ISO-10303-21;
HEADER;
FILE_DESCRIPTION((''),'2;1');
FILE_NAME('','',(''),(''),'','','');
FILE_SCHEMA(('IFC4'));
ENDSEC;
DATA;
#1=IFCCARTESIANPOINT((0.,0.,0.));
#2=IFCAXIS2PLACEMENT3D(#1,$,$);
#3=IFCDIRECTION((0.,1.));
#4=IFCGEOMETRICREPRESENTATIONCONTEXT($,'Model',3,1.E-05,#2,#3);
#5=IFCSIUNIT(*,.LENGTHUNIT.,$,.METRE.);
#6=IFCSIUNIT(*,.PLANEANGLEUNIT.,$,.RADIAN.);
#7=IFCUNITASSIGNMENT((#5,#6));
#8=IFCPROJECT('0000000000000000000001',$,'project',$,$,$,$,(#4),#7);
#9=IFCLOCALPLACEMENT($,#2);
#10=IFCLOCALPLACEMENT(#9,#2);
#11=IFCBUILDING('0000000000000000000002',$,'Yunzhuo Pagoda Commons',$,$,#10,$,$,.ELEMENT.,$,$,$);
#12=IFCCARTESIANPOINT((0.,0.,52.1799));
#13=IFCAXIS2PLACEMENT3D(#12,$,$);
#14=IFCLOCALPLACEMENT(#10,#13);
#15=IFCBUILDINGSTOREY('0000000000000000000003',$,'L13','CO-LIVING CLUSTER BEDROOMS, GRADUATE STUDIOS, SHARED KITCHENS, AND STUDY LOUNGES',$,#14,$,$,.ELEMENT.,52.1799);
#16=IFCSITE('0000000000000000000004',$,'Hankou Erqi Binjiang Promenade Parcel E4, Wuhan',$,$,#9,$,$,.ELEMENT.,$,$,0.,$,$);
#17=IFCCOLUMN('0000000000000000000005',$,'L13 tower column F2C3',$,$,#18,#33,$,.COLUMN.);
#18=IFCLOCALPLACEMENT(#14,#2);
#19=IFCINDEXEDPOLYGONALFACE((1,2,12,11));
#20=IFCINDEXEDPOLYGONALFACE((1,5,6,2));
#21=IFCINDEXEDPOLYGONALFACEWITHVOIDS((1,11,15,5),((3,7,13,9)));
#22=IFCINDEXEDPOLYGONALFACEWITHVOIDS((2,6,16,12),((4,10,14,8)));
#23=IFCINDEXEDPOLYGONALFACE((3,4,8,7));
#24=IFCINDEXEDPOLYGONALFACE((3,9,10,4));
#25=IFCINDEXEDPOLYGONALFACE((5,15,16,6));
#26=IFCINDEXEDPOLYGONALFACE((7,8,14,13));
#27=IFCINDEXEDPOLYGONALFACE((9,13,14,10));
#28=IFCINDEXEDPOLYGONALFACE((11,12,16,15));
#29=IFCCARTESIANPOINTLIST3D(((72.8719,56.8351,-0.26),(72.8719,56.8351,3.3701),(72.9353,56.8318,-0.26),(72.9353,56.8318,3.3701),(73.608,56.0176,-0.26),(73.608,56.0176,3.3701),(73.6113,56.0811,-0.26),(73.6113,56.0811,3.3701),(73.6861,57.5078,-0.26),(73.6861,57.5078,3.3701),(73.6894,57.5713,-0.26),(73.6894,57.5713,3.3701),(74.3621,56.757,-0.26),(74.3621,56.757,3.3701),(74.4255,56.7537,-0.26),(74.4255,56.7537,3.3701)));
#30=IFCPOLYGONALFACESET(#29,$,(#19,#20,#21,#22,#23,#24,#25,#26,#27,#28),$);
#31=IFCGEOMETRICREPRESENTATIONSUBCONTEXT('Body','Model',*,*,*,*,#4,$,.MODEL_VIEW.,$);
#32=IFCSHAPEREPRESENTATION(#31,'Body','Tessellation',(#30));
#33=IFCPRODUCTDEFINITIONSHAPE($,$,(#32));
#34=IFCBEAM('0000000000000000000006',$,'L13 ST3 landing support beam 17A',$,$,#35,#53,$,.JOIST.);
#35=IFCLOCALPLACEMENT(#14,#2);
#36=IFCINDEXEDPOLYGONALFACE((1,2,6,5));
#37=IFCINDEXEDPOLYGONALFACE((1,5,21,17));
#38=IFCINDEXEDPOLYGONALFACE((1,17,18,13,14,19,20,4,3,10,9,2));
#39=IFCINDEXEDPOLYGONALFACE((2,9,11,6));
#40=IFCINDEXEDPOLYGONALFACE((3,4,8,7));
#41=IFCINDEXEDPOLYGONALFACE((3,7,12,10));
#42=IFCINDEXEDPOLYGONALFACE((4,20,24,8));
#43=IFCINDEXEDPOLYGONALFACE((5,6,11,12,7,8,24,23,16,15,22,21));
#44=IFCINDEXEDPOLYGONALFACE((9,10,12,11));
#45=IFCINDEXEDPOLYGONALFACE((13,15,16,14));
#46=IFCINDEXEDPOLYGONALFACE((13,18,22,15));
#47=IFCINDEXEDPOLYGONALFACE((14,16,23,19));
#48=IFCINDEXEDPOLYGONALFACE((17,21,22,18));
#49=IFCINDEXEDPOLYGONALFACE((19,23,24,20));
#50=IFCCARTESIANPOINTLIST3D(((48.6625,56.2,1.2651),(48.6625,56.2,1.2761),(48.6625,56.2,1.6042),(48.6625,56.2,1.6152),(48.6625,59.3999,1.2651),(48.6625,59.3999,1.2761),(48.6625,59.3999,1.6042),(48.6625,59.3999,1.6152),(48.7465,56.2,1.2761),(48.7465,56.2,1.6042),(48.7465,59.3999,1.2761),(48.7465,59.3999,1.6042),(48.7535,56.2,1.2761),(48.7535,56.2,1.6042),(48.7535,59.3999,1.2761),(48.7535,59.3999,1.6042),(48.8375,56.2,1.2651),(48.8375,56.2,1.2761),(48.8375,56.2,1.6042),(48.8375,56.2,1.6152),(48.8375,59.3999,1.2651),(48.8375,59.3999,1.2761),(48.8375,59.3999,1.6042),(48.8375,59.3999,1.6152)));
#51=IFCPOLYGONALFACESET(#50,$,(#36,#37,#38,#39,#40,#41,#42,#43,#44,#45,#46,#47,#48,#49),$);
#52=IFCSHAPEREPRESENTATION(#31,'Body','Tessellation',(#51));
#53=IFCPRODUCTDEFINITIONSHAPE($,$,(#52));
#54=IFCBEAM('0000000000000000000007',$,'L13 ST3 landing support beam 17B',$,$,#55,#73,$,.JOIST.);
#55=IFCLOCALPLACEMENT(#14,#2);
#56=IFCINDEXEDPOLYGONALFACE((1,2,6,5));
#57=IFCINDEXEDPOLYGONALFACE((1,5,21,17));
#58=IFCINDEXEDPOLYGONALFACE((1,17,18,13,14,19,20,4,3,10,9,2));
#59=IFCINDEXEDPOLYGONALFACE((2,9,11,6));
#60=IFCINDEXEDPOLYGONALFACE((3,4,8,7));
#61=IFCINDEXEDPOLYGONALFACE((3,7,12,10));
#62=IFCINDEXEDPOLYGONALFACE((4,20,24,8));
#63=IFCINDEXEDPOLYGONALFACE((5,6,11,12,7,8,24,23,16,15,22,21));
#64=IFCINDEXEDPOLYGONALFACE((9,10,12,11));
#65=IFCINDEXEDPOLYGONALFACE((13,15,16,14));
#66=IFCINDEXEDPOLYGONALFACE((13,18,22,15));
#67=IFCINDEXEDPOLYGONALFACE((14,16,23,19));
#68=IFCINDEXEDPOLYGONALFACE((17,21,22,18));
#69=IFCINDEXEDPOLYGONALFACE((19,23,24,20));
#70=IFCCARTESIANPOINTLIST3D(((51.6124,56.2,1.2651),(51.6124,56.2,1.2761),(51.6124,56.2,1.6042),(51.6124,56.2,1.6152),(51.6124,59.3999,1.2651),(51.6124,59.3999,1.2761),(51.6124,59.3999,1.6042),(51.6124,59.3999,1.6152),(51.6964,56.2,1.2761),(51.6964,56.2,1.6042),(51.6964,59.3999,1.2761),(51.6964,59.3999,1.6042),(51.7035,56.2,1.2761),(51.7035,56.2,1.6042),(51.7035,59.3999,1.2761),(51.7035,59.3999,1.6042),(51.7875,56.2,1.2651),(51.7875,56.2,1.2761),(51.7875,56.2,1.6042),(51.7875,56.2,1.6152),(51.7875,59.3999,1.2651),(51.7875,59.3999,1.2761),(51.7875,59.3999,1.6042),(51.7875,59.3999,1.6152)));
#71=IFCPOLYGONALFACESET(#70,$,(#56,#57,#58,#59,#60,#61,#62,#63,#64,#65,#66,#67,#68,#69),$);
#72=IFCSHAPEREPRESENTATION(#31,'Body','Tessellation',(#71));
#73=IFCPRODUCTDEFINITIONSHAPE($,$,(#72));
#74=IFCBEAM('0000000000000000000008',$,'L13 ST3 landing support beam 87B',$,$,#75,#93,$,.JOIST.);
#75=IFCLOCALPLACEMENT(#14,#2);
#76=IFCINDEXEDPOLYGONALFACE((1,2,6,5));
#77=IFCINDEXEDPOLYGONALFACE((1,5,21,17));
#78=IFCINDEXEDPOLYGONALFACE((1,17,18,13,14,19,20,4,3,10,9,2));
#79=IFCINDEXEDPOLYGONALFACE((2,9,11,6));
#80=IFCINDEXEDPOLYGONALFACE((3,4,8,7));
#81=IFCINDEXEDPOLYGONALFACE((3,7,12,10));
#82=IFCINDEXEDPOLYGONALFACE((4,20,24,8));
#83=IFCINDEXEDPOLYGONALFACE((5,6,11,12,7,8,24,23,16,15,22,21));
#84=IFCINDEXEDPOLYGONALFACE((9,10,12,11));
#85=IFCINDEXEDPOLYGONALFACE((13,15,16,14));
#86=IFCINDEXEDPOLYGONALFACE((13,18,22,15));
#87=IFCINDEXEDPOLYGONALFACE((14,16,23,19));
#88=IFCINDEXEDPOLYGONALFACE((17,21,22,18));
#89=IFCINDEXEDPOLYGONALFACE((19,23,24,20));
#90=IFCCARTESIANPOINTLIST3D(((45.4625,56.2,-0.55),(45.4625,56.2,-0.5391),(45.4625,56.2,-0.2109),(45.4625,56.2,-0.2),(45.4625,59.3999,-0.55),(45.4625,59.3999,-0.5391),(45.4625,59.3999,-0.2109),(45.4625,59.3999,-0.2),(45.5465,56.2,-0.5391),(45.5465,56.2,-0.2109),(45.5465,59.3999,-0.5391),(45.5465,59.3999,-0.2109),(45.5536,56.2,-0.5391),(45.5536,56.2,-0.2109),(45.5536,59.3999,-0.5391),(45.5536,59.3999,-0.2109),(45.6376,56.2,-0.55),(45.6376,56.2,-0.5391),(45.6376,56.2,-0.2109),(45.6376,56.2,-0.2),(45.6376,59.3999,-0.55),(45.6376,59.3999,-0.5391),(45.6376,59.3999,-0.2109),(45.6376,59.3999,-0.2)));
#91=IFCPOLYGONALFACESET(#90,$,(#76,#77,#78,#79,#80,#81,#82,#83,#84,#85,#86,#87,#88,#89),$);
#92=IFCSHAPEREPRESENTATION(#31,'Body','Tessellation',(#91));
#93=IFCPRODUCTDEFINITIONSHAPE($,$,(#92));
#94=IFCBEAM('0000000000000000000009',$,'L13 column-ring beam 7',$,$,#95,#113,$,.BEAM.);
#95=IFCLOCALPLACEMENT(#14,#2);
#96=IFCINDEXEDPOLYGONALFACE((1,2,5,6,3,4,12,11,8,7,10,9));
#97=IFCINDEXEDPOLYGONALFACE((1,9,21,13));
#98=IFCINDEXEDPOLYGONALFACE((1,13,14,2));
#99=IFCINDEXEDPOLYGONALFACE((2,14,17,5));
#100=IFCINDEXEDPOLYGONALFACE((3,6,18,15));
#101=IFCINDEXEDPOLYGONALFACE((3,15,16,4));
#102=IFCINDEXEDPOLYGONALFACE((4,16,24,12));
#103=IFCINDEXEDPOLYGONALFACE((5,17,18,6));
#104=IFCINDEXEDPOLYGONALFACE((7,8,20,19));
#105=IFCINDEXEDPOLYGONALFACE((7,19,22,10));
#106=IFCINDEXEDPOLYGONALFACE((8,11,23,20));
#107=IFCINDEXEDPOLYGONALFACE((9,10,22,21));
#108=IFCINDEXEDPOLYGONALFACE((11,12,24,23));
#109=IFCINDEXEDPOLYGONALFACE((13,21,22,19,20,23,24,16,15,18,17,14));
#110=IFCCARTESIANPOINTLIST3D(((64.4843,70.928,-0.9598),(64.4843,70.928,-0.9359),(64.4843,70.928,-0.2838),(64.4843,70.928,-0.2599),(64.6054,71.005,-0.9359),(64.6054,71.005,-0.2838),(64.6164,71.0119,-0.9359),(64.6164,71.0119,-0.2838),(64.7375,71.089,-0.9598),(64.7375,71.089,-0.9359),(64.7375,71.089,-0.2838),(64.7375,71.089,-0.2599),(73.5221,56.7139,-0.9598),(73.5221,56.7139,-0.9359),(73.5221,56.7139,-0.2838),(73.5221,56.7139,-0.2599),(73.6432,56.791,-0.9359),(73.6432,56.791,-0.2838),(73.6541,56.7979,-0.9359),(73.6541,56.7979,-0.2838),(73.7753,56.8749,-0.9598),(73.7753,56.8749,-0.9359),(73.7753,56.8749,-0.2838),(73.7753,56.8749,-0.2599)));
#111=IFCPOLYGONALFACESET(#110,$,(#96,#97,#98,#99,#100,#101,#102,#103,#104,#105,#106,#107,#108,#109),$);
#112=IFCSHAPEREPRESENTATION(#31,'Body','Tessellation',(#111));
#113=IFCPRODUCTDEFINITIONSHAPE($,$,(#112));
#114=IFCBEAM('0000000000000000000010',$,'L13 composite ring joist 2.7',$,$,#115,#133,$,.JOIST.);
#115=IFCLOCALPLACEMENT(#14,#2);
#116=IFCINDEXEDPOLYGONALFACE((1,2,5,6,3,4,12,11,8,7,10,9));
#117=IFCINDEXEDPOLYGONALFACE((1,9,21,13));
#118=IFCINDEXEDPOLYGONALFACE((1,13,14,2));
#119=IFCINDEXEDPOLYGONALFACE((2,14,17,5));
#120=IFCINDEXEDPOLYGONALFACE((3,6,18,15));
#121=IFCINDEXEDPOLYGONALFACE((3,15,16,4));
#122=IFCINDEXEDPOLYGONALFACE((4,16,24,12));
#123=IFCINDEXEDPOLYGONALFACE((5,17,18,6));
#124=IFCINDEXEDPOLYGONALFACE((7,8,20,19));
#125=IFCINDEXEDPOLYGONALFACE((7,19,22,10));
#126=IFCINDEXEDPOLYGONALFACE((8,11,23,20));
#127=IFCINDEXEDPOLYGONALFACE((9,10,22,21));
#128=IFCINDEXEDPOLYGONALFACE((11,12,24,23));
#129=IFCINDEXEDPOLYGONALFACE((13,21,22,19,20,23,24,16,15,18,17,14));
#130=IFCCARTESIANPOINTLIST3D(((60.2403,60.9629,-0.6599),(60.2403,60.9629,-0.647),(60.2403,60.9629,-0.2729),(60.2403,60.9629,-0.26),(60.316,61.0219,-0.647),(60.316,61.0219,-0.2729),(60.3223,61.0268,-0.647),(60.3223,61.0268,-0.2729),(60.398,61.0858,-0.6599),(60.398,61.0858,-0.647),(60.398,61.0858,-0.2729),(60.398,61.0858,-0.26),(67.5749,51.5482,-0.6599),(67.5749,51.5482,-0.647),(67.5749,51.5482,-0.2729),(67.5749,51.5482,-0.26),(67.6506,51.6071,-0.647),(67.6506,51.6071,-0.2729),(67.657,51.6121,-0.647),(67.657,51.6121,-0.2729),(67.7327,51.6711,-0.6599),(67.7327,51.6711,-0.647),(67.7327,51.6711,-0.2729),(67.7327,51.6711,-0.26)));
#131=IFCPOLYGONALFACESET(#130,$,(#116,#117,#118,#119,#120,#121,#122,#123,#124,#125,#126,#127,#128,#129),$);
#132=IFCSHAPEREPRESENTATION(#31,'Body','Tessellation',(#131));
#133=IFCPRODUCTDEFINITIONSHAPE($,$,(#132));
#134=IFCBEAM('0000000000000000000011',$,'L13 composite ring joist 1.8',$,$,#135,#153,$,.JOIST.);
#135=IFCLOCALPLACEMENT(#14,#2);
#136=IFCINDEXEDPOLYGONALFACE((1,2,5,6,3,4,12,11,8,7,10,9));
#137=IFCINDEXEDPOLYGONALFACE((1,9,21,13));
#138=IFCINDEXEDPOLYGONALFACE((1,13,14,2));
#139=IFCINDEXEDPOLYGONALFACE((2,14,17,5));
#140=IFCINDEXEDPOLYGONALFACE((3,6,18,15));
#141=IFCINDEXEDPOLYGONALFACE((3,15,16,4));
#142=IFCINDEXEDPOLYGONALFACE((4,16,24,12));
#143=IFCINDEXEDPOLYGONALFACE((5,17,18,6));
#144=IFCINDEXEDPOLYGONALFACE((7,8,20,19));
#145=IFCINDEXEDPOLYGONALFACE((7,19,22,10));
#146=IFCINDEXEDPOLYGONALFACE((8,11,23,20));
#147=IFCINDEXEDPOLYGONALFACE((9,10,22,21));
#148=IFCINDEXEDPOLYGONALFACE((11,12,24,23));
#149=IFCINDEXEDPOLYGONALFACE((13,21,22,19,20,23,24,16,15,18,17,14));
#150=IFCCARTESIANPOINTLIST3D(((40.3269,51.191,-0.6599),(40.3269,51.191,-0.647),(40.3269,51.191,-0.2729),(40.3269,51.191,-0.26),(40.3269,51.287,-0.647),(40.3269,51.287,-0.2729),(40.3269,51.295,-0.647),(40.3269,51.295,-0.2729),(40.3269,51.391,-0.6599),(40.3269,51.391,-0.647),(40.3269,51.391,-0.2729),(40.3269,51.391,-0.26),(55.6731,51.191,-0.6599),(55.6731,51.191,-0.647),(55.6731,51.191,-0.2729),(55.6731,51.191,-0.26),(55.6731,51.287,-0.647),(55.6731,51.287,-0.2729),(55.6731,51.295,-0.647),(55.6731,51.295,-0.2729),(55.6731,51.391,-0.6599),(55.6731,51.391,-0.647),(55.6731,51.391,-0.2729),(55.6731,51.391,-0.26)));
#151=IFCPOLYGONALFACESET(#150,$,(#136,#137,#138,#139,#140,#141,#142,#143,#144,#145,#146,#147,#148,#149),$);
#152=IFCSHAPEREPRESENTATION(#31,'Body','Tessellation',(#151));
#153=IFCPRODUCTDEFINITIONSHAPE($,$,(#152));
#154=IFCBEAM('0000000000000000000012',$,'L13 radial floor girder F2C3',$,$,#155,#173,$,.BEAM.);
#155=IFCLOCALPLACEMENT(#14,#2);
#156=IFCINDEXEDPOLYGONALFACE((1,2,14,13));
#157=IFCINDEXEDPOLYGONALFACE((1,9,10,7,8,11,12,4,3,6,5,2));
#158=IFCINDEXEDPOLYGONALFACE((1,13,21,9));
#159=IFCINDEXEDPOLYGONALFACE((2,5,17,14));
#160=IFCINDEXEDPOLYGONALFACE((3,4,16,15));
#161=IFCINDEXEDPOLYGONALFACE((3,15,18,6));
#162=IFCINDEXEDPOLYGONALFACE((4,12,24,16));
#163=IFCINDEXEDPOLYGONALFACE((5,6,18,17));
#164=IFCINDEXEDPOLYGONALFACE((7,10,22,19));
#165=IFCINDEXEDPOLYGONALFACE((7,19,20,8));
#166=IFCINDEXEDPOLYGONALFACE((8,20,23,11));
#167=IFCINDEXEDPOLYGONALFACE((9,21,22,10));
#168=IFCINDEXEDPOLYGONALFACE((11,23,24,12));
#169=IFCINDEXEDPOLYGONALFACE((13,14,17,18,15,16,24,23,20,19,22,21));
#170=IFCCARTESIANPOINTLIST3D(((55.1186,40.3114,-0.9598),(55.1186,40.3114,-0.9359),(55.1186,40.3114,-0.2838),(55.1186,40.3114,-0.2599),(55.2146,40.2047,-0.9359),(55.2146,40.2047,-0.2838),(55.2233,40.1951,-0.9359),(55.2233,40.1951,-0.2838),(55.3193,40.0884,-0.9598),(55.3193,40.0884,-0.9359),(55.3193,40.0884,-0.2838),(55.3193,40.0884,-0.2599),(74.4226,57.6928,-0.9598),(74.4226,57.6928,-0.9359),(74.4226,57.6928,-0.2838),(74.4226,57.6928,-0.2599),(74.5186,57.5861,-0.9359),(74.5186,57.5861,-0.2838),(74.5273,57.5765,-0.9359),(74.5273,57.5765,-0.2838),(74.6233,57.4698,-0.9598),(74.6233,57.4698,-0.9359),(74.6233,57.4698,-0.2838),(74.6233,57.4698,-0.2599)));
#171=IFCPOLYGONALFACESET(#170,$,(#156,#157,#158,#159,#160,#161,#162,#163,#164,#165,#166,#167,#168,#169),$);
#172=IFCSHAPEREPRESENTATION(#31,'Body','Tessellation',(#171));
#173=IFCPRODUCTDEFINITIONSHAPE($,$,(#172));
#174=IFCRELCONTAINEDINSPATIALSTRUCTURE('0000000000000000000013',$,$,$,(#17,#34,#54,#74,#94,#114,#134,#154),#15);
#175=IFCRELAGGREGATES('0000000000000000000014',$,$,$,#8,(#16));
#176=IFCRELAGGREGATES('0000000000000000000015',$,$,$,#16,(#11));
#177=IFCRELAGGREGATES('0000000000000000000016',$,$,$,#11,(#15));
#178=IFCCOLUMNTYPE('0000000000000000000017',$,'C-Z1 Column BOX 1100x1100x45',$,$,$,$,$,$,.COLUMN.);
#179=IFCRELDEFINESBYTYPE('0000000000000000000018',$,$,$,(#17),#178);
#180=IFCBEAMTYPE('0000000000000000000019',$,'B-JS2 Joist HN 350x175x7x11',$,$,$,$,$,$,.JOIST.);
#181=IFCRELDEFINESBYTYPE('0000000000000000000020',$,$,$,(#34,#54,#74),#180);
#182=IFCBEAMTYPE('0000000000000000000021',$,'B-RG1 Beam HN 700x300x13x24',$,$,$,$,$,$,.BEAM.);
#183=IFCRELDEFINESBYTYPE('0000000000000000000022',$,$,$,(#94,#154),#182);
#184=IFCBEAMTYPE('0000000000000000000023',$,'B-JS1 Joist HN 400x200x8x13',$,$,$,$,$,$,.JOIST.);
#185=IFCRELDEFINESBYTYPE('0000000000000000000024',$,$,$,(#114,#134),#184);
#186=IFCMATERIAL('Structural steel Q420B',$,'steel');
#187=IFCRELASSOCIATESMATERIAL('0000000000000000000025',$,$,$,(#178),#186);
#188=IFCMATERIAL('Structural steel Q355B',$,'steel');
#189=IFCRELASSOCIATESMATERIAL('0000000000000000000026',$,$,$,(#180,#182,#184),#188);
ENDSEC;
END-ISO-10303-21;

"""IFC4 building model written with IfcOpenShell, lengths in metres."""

from ifc_helpers import new_model, si_unit, direction, frame, origin, origin_2d, place, context, subcontext, project, spatial, hollow_rectangle, i_section, extrude, source, transform, mapped, material, material_profile, profile_set, type_object, element, save


model = new_model("IFC4")

# Units and contexts
model_context = context("Model", 3, precision=1e-05, world=origin(), true_north=direction((0.0, 1.0)))
body_context = subcontext(model_context, "Body", "Model", "MODEL_VIEW")
ifc_project = project(units=[si_unit("LENGTHUNIT", "METRE"), si_unit("PLANEANGLEUNIT", "RADIAN")], contexts=[model_context])

# Site, building, storey
site_placement = place(None, origin())
site = spatial("IfcSite", under=ifc_project, at=site_placement, Name="Hankou Erqi Binjiang Promenade Parcel E4, Wuhan", CompositionType="ELEMENT", RefElevation=0.0)
building_placement = place(site_placement, origin())
building = spatial("IfcBuilding", under=site, at=building_placement, Name="Yunzhuo Pagoda Commons", CompositionType="ELEMENT")
storey_placement = place(building_placement, frame((0.0, 0.0, 52.1799)))
storey = spatial("IfcBuildingStorey", under=building, at=storey_placement, Name="L13", Description="CO-LIVING CLUSTER BEDROOMS, GRADUATE STUDIOS, SHARED KITCHENS, AND STUDY LOUNGES", CompositionType="ELEMENT", Elevation=52.1799)

# Column
ifc_material_1 = material(Name="Structural steel Q420B", Category="steel")
ifc_material_profile_1 = material_profile(ifc_material_1, hollow_rectangle(XDim=1.1001, YDim=1.1001, WallThickness=0.0449, at=origin_2d()), Name="Structural steel Q420B")
ifc_profile_set_1 = profile_set([ifc_material_profile_1], Name="Structural steel Q420B")
column_type = type_object("IfcColumnType", Name="C-Z1 Column BOX 1100x1100x45", PredefinedType="COLUMN", material=ifc_profile_set_1)
shared_shape_1 = source(origin(), body_context, "Body", "SweptSolid", [
    extrude(hollow_rectangle(XDim=1.1001, YDim=1.1001, WallThickness=0.0449, at=origin_2d()), origin(), (0.0, 0.0, 1.0), 3.6301),
])
column_placement = place(storey_placement, frame((73.6487, 56.7944, -0.26), z_axis=(0.0, 0.0, 1.0), x_axis=(-0.669131, 0.743145, 0.0)))
element("IfcColumn", 1, at=column_placement, inside=storey, type_object=column_type, Name="L13 tower column F2C3", PredefinedType="COLUMN", context=body_context, shape_type="MappedRepresentation", body=[
    mapped(shared_shape_1, transform((0.0, 0.0, 0.0), scale=1.0)),
])

# Beams
ifc_material_2 = material(Name="Structural steel Q355B", Category="steel")
ifc_material_profile_2 = material_profile(ifc_material_2, i_section(OverallWidth=0.175, OverallDepth=0.3501, WebThickness=0.0071, FlangeThickness=0.011, at=origin_2d()), Name="Structural steel Q355B")
ifc_profile_set_2 = profile_set([ifc_material_profile_2], Name="Structural steel Q355B")
beam_type_1 = type_object("IfcBeamType", Name="B-JS2 Joist HN 350x175x7x11", PredefinedType="JOIST", material=ifc_profile_set_2)
shared_shape_2 = source(origin(), body_context, "Body", "SweptSolid", [
    extrude(i_section(OverallWidth=0.175, OverallDepth=0.3501, WebThickness=0.0071, FlangeThickness=0.011, at=origin_2d()), origin(), (0.0, 0.0, 1.0), 3.2),
])
for number, where, z_axis, x_axis, name in (
    (2, (48.75, 56.2, 1.4402), (0.0, 1.0, 0.0), (-1.0, 0.0, 0.0), "L13 ST3 landing support beam 17A"),
    (3, (51.7, 56.2, 1.4402), (0.0, 1.0, 0.0), (-1.0, 0.0, 0.0), "L13 ST3 landing support beam 17B"),
    (4, (45.55, 56.2, -0.375), (0.0, 1.0, 0.0), (-1.0, 0.0, 0.0), "L13 ST3 landing support beam 87B"),
):
    element("IfcBeam", number, at=place(storey_placement, frame(where, z_axis=z_axis, x_axis=x_axis)), inside=storey, type_object=beam_type_1, Name=name, PredefinedType="JOIST", context=body_context, shape_type="MappedRepresentation", body=[
        mapped(shared_shape_2, transform((0.0, 0.0, 0.0), scale=1.0)),
    ])
ifc_material_profile_3 = material_profile(ifc_material_2, i_section(OverallWidth=0.3, OverallDepth=0.7, WebThickness=0.0129, FlangeThickness=0.0239, at=origin_2d()), Name="Structural steel Q355B")
ifc_profile_set_3 = profile_set([ifc_material_profile_3], Name="Structural steel Q355B")
beam_type_2 = type_object("IfcBeamType", Name="B-RG1 Beam HN 700x300x13x24", PredefinedType="BEAM", material=ifc_profile_set_3)
shared_shape_3 = source(origin(), body_context, "Body", "SweptSolid", [
    extrude(i_section(OverallWidth=0.3, OverallDepth=0.7, WebThickness=0.0129, FlangeThickness=0.0239, at=origin_2d()), origin(), (0.0, 0.0, 1.0), 16.844),
])
beam_1_placement = place(storey_placement, frame((73.6487, 56.7944, -0.6099), z_axis=(-0.536558, 0.843863, 0.0), x_axis=(-0.843863, -0.536558, 0.0)))
element("IfcBeam", 5, at=beam_1_placement, inside=storey, type_object=beam_type_2, Name="L13 column-ring beam 7", PredefinedType="BEAM", context=body_context, shape_type="MappedRepresentation", body=[
    mapped(shared_shape_3, transform((0.0, 0.0, 0.0), scale=1.0)),
])
ifc_material_profile_4 = material_profile(ifc_material_2, i_section(OverallWidth=0.2, OverallDepth=0.3999, WebThickness=0.0081, FlangeThickness=0.0129, at=origin_2d()), Name="Structural steel Q355B")
ifc_profile_set_4 = profile_set([ifc_material_profile_4], Name="Structural steel Q355B")
beam_type_3 = type_object("IfcBeamType", Name="B-JS1 Joist HN 400x200x8x13", PredefinedType="JOIST", material=ifc_profile_set_4)
shared_shape_4 = source(origin(), body_context, "Body", "SweptSolid", [
    extrude(i_section(OverallWidth=0.2, OverallDepth=0.3999, WebThickness=0.0081, FlangeThickness=0.0129, at=origin_2d()), origin(), (0.0, 0.0, 1.0), 11.9346),
])
beam_2_placement = place(storey_placement, frame((67.6538, 51.6096, -0.46), z_axis=(-0.614572, 0.788861, 0.0), x_axis=(-0.788861, -0.614572, 0.0)))
element("IfcBeam", 6, at=beam_2_placement, inside=storey, type_object=beam_type_3, Name="L13 composite ring joist 2.7", PredefinedType="JOIST", context=body_context, shape_type="MappedRepresentation", body=[
    mapped(shared_shape_4, transform((0.0, 0.0, 0.0), scale=1.0)),
])
shared_shape_5 = source(origin(), body_context, "Body", "SweptSolid", [
    extrude(i_section(OverallWidth=0.2, OverallDepth=0.3999, WebThickness=0.0081, FlangeThickness=0.0129, at=origin_2d()), origin(), (0.0, 0.0, 1.0), 15.3462),
])
beam_3_placement = place(storey_placement, frame((55.6731, 51.291, -0.46), z_axis=(-1.0, 0.0, 0.0), x_axis=(0.0, -1.0, 0.0)))
element("IfcBeam", 7, at=beam_3_placement, inside=storey, type_object=beam_type_3, Name="L13 composite ring joist 1.8", PredefinedType="JOIST", context=body_context, shape_type="MappedRepresentation", body=[
    mapped(shared_shape_5, transform((0.0, 0.0, 0.0), scale=1.0)),
])
shared_shape_6 = source(origin(), body_context, "Body", "SweptSolid", [
    extrude(i_section(OverallWidth=0.3, OverallDepth=0.7, WebThickness=0.0129, FlangeThickness=0.0239, at=origin_2d()), origin(), (0.0, 0.0, 1.0), 25.9761),
])
beam_4_placement = place(storey_placement, frame((74.5229, 57.5813, -0.6099), z_axis=(-0.743145, -0.66913, 0.0), x_axis=(0.66913, -0.743145, 0.0)))
element("IfcBeam", 8, at=beam_4_placement, inside=storey, type_object=beam_type_2, Name="L13 radial floor girder F2C3", PredefinedType="BEAM", context=body_context, shape_type="MappedRepresentation", body=[
    mapped(shared_shape_6, transform((0.0, 0.0, 0.0), scale=1.0)),
])

save(model, "model.ifc")
